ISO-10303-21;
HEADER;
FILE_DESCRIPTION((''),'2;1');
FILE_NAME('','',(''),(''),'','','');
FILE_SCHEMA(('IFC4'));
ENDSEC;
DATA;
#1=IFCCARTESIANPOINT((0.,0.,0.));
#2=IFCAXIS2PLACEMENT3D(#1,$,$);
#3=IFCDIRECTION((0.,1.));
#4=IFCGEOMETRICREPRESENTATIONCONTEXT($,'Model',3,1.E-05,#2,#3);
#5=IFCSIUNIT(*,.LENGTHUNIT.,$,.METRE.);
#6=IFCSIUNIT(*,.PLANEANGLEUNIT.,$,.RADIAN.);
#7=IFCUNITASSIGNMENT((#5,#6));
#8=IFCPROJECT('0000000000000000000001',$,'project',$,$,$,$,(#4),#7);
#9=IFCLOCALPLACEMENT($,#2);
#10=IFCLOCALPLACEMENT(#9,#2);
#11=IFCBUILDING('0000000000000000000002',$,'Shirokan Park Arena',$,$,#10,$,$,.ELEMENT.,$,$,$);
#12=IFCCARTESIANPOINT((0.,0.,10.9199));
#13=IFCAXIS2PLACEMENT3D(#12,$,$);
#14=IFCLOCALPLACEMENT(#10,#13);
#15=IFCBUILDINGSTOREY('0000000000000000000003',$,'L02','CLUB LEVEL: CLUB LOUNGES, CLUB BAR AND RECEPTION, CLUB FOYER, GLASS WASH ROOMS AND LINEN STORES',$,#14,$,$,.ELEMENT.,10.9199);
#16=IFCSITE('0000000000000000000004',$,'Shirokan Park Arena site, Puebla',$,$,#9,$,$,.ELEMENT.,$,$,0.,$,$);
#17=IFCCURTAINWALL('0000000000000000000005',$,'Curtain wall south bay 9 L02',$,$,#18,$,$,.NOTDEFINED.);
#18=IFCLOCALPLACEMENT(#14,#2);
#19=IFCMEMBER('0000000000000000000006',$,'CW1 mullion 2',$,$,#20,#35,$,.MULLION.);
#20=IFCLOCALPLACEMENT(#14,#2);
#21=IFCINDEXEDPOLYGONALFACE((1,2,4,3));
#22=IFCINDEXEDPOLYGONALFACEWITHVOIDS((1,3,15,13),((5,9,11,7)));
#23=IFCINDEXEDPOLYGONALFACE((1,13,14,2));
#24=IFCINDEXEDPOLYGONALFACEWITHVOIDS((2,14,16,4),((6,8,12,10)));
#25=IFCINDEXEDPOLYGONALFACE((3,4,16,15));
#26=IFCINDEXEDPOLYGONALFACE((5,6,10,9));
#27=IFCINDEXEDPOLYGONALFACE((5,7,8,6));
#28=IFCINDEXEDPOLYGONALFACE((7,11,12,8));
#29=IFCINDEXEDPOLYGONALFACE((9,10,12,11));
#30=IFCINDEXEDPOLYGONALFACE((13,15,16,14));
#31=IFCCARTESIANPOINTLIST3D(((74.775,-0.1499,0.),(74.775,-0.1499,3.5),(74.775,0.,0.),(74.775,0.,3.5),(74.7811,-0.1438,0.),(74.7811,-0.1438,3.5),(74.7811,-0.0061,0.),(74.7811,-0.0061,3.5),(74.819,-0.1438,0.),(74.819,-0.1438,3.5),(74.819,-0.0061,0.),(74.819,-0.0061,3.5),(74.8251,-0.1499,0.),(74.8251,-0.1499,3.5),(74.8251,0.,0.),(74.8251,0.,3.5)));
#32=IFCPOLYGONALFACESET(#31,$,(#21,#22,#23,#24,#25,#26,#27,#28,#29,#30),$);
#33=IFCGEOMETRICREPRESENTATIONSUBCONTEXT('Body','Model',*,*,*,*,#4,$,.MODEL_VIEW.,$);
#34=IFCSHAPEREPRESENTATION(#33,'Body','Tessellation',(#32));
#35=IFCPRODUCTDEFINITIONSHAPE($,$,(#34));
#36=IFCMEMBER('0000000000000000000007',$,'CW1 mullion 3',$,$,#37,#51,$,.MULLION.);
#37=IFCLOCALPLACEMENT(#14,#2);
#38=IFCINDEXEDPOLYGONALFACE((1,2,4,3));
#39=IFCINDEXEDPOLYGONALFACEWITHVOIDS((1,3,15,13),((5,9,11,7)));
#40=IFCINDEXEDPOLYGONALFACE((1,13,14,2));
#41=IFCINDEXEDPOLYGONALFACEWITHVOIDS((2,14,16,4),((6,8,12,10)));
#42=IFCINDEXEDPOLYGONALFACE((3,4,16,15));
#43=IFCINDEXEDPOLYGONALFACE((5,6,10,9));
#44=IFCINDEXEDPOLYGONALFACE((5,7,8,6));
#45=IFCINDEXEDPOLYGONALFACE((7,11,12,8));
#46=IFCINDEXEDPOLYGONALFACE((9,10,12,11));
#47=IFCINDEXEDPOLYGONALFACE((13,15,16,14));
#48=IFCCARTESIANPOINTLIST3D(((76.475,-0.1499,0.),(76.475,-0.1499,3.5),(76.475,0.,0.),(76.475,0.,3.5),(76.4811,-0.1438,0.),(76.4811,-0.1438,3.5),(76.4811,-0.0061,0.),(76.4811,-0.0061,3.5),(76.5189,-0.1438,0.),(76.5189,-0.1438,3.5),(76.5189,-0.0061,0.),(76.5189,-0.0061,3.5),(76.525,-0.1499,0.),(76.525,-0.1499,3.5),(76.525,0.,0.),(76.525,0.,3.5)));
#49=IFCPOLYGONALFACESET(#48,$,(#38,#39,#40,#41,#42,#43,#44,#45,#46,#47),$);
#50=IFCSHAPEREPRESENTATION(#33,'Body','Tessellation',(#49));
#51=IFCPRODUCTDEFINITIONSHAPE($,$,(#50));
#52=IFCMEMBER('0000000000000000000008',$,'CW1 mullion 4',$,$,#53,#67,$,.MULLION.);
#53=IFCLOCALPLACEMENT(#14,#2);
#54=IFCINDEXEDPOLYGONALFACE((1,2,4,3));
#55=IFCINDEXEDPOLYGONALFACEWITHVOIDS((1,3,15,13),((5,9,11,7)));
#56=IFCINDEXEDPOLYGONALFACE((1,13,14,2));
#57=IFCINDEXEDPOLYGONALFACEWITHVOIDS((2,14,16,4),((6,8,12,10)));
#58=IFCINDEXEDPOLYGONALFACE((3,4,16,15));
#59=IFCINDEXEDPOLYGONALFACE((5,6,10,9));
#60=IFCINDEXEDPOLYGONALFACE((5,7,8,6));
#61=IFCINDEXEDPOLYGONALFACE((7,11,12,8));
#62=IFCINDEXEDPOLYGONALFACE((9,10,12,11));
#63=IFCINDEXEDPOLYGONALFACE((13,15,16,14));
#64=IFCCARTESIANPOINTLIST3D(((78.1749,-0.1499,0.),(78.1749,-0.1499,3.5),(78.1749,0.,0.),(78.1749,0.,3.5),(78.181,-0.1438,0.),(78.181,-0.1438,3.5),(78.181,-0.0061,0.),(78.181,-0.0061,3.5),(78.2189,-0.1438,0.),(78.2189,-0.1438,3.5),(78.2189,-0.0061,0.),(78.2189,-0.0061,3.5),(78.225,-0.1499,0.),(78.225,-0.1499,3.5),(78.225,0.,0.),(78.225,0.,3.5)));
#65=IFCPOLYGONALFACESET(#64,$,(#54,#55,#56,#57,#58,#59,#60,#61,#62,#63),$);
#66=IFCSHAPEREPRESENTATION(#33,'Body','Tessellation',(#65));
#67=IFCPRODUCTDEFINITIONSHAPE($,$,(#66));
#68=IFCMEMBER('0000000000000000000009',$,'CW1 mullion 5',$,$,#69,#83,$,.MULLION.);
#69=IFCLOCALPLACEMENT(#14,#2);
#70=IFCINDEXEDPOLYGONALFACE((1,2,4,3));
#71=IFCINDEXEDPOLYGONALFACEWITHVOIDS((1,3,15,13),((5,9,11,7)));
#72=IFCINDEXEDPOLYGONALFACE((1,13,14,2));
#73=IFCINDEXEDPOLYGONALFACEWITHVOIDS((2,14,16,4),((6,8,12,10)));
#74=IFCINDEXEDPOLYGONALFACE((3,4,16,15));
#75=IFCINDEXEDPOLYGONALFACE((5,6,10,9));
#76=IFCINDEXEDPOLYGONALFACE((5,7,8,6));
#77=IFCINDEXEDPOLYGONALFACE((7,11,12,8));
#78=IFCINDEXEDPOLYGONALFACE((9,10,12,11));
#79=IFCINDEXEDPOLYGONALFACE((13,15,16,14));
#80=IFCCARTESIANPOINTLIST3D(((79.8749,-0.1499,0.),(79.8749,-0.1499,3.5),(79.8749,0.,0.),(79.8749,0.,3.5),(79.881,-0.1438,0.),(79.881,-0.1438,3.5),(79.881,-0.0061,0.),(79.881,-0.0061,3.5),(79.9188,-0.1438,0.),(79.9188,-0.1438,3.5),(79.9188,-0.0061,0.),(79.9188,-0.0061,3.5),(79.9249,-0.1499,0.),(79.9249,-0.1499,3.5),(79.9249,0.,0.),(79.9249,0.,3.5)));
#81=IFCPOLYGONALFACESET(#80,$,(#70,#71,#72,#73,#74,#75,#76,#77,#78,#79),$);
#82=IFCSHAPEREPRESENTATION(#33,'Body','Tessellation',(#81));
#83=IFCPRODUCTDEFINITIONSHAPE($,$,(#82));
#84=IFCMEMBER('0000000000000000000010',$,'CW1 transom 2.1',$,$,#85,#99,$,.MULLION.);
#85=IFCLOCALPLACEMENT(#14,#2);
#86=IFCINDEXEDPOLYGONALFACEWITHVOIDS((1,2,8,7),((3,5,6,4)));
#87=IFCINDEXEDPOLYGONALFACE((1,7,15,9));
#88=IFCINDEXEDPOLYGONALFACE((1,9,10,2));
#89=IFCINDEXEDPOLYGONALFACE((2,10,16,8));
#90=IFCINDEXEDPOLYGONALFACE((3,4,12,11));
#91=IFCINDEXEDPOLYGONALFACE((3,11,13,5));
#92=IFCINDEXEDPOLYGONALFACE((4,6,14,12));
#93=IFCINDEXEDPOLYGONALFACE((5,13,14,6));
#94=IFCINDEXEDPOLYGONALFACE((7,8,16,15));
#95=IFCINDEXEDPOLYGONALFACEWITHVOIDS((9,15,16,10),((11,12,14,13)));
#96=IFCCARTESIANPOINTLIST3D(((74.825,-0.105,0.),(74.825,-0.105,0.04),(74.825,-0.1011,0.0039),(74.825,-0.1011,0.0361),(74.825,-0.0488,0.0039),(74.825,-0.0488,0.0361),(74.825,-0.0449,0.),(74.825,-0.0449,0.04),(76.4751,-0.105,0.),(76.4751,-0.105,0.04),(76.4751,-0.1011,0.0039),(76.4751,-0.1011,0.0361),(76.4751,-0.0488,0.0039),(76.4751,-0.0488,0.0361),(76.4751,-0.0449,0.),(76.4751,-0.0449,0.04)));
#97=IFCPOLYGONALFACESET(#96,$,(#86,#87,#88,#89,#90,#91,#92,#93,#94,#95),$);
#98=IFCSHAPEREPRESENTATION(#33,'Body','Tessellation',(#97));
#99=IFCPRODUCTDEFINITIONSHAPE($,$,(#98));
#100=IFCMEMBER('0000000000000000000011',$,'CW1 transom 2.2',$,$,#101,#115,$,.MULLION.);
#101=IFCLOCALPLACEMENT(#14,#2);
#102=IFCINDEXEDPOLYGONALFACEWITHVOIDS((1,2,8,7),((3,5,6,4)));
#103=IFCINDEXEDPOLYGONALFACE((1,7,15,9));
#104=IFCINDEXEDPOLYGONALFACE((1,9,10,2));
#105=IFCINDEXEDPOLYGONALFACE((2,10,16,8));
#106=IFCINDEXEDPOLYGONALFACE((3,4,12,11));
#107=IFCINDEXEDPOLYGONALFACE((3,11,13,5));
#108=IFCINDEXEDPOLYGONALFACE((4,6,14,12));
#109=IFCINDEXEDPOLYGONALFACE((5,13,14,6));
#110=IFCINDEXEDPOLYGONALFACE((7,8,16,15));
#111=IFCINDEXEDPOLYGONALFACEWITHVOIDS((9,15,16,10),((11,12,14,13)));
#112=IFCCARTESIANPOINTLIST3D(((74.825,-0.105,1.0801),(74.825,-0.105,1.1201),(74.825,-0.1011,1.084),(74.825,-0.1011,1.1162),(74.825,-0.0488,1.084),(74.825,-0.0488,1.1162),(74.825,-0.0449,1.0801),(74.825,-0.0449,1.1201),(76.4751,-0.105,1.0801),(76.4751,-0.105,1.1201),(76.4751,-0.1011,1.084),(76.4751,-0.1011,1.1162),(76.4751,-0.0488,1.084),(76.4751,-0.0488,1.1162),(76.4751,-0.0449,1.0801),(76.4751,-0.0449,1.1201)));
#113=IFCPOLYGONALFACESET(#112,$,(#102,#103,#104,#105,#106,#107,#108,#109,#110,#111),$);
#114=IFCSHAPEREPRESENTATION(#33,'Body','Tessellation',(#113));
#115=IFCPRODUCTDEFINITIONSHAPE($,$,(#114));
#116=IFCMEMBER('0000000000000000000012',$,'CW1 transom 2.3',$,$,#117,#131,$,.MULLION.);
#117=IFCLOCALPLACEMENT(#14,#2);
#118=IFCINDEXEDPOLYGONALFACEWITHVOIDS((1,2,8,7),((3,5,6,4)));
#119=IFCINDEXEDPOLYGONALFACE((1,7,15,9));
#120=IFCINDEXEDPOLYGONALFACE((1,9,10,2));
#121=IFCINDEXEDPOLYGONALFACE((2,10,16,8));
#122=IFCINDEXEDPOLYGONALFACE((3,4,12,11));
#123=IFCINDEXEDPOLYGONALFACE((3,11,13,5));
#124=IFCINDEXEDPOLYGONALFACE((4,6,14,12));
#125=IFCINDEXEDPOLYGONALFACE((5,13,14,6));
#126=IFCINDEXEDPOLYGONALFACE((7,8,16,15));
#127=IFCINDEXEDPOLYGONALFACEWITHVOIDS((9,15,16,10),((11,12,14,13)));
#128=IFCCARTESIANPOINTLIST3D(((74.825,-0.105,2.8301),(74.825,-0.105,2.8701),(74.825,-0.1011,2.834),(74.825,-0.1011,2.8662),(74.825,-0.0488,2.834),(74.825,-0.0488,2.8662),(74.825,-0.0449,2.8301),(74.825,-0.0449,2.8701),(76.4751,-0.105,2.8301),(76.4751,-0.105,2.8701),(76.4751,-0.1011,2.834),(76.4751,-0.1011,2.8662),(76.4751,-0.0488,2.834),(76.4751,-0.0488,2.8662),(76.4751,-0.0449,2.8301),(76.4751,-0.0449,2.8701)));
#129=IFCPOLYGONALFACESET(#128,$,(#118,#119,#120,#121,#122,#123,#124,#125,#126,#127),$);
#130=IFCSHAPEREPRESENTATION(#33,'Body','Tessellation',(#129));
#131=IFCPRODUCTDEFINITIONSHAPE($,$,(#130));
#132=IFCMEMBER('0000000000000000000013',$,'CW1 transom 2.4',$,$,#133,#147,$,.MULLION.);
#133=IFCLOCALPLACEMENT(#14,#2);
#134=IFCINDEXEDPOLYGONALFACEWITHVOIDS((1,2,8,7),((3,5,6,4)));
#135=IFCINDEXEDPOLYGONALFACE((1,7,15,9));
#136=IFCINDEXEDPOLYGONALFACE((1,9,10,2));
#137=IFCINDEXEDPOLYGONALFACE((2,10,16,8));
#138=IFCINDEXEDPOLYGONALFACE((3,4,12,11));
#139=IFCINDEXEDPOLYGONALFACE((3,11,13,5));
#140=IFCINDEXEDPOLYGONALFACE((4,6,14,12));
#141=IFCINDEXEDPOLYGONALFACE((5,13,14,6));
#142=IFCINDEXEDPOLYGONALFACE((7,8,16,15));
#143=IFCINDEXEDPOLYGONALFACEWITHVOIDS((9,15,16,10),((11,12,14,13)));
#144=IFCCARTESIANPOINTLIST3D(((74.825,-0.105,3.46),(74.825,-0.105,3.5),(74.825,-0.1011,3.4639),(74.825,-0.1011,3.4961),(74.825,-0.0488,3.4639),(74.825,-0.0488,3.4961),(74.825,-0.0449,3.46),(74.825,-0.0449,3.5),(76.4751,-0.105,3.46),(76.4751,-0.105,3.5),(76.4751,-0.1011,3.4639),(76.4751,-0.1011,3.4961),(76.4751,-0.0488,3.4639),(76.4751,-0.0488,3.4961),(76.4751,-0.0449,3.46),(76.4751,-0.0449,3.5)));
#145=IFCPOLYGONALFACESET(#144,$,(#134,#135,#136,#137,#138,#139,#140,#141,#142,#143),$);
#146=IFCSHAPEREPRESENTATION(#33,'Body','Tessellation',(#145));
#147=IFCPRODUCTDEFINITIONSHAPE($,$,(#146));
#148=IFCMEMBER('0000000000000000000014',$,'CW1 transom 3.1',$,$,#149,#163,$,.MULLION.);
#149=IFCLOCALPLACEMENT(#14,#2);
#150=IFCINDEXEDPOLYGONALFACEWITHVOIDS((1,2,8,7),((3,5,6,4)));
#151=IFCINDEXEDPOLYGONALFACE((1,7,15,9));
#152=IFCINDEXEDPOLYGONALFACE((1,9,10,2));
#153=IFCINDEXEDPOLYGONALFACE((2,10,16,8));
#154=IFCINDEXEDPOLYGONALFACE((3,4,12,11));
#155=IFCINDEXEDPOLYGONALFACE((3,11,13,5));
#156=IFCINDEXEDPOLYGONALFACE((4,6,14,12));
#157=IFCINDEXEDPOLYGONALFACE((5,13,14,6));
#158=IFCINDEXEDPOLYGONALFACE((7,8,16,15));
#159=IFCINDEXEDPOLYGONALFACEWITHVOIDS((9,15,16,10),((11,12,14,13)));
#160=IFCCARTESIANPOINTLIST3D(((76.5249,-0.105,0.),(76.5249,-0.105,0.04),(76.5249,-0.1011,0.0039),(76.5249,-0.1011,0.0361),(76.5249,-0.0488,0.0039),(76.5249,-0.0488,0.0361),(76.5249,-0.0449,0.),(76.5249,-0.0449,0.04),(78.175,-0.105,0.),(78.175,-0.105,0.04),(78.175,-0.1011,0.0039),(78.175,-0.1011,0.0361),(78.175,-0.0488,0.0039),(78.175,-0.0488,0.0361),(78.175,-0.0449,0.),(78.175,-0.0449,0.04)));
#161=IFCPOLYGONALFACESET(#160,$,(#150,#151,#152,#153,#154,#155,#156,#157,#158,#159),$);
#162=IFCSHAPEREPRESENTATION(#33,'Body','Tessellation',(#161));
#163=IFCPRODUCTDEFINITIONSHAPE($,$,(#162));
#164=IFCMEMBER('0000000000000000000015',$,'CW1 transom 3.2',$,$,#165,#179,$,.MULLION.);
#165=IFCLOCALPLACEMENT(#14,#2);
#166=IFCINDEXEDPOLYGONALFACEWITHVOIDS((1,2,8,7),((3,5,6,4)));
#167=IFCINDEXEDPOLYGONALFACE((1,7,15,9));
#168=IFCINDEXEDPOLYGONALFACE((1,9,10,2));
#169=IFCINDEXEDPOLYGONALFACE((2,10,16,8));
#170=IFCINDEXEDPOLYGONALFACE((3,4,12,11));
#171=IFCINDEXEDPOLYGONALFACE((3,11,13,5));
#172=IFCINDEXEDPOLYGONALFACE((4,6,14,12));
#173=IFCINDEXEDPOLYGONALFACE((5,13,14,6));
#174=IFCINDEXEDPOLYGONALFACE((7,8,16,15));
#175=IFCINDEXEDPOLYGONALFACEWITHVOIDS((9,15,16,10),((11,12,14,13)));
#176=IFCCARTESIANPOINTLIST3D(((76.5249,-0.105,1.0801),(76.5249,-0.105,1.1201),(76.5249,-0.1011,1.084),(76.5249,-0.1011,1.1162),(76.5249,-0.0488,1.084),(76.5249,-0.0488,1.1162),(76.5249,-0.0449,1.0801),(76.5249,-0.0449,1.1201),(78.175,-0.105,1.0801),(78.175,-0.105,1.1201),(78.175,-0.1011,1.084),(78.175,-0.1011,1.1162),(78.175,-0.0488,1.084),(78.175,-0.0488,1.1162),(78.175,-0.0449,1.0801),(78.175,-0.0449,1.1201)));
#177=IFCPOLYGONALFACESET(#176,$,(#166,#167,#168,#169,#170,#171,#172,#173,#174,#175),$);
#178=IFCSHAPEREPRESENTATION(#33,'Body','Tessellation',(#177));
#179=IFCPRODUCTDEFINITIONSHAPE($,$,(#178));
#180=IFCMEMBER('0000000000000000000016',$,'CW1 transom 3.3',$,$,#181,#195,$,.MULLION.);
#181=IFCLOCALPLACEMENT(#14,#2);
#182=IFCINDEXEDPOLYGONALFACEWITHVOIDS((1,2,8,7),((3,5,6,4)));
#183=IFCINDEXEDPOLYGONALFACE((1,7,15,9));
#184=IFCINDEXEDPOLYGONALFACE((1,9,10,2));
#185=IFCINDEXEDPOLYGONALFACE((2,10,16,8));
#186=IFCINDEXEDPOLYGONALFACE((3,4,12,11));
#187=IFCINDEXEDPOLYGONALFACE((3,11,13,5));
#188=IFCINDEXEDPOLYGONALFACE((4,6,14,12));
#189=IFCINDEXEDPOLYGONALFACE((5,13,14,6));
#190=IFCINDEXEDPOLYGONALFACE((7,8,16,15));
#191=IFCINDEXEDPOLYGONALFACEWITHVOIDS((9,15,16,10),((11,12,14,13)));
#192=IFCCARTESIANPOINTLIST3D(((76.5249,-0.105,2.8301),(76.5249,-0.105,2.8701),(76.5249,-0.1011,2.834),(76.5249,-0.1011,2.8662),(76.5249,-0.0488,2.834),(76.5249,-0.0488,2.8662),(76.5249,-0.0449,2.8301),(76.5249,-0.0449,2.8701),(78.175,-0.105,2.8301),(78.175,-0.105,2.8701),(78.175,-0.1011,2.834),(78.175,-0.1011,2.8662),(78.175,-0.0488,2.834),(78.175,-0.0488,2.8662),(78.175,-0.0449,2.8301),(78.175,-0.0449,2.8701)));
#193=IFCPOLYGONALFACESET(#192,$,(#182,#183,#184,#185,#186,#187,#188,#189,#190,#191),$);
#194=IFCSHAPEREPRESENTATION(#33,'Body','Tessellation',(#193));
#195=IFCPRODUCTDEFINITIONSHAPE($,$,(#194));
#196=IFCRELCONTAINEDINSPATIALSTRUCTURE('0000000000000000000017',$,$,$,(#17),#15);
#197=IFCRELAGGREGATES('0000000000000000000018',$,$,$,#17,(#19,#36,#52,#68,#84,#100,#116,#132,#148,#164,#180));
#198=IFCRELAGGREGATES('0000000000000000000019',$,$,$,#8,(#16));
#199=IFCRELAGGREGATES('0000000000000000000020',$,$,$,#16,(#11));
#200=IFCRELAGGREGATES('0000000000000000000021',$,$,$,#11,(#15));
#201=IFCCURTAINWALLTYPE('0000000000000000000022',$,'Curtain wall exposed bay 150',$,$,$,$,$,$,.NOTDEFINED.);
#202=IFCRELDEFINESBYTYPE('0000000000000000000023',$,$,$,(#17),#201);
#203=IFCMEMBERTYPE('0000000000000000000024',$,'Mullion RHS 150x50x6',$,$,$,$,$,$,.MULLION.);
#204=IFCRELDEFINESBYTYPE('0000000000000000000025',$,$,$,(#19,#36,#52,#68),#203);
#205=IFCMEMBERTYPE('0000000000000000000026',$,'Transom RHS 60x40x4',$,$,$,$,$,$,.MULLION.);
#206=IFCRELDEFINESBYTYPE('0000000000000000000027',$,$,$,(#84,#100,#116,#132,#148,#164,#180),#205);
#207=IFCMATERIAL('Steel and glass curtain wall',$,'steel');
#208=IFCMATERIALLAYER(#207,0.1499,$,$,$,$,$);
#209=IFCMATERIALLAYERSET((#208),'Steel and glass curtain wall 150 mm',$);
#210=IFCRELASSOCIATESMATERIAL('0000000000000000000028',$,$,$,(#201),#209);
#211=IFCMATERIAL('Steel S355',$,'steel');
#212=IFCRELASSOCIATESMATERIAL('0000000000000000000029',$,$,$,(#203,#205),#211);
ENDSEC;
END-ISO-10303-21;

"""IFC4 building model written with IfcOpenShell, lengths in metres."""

from ifc_helpers import new_model, si_unit, direction, frame, origin, origin_2d, place, context, subcontext, project, spatial, hollow_rectangle, extrude, material, layer, layer_set, material_profile, profile_set, type_object, element, aggregate, save


model = new_model("IFC4")

# Units and contexts
model_context = context("Model", 3, precision=1e-05, world=origin(), true_north=direction((0.0, 1.0)))
body_context = subcontext(model_context, "Body", "Model", "MODEL_VIEW")
ifc_project = project(units=[si_unit("LENGTHUNIT", "METRE"), si_unit("PLANEANGLEUNIT", "RADIAN")], contexts=[model_context])

# Site, building, storey
site_placement = place(None, origin())
site = spatial("IfcSite", under=ifc_project, at=site_placement, Name="Shirokan Park Arena site, Puebla", CompositionType="ELEMENT", RefElevation=0.0)
building_placement = place(site_placement, origin())
building = spatial("IfcBuilding", under=site, at=building_placement, Name="Shirokan Park Arena", CompositionType="ELEMENT")
storey_placement = place(building_placement, frame((0.0, 0.0, 10.9199)))
storey = spatial("IfcBuildingStorey", under=building, at=storey_placement, Name="L02", Description="CLUB LEVEL: CLUB LOUNGES, CLUB BAR AND RECEPTION, CLUB FOYER, GLASS WASH ROOMS AND LINEN STORES", CompositionType="ELEMENT", Elevation=10.9199)

# Curtain wall, members
ifc_material_1 = material(Name="Steel and glass curtain wall", Category="steel")
ifc_layer_1 = layer(ifc_material_1, 0.1499)
ifc_layer_set_1 = layer_set([ifc_layer_1], Name="Steel and glass curtain wall 150 mm")
curtain_wall_type = type_object("IfcCurtainWallType", Name="Curtain wall exposed bay 150", PredefinedType="NOTDEFINED", material=ifc_layer_set_1)
curtain_wall_placement = place(storey_placement, origin())
curtain_wall = element("IfcCurtainWall", 1, at=curtain_wall_placement, inside=storey, type_object=curtain_wall_type, Name="Curtain wall south bay 9 L02", PredefinedType="NOTDEFINED")
ifc_material_2 = material(Name="Steel S355", Category="steel")
ifc_material_profile_1 = material_profile(ifc_material_2, hollow_rectangle(XDim=0.1499, YDim=0.05, WallThickness=0.0061, at=origin_2d()), Name="RHS 150x50x6")
ifc_profile_set_1 = profile_set([ifc_material_profile_1], Name="Steel S355")
member_type_1 = type_object("IfcMemberType", Name="Mullion RHS 150x50x6", PredefinedType="MULLION", material=ifc_profile_set_1)
member_1_placement = place(storey_placement, frame((74.8, -0.075, 0.0), z_axis=(0.0, 0.0, 1.0), x_axis=(0.0, 1.0, 0.0)))
member_1 = element("IfcMember", 2, at=member_1_placement, type_object=member_type_1, Name="CW1 mullion 2", PredefinedType="MULLION", context=body_context, shape_type="SweptSolid", body=[
    extrude(hollow_rectangle(XDim=0.1499, YDim=0.05, WallThickness=0.0061, at=origin_2d()), origin(), (0.0, 0.0, 1.0), 3.5),
])
member_2_placement = place(storey_placement, frame((76.5, -0.075, 0.0), z_axis=(0.0, 0.0, 1.0), x_axis=(0.0, 1.0, 0.0)))
member_2 = element("IfcMember", 3, at=member_2_placement, type_object=member_type_1, Name="CW1 mullion 3", PredefinedType="MULLION", context=body_context, shape_type="SweptSolid", body=[
    extrude(hollow_rectangle(XDim=0.1499, YDim=0.05, WallThickness=0.0061, at=origin_2d()), origin(), (0.0, 0.0, 1.0), 3.5),
])
member_3_placement = place(storey_placement, frame((78.2, -0.075, 0.0), z_axis=(0.0, 0.0, 1.0), x_axis=(0.0, 1.0, 0.0)))
member_3 = element("IfcMember", 4, at=member_3_placement, type_object=member_type_1, Name="CW1 mullion 4", PredefinedType="MULLION", context=body_context, shape_type="SweptSolid", body=[
    extrude(hollow_rectangle(XDim=0.1499, YDim=0.05, WallThickness=0.0061, at=origin_2d()), origin(), (0.0, 0.0, 1.0), 3.5),
])
member_4_placement = place(storey_placement, frame((79.8999, -0.075, 0.0), z_axis=(0.0, 0.0, 1.0), x_axis=(0.0, 1.0, 0.0)))
member_4 = element("IfcMember", 5, at=member_4_placement, type_object=member_type_1, Name="CW1 mullion 5", PredefinedType="MULLION", context=body_context, shape_type="SweptSolid", body=[
    extrude(hollow_rectangle(XDim=0.1499, YDim=0.05, WallThickness=0.0061, at=origin_2d()), origin(), (0.0, 0.0, 1.0), 3.5),
])
ifc_material_profile_2 = material_profile(ifc_material_2, hollow_rectangle(XDim=0.0601, YDim=0.04, WallThickness=0.0039, at=origin_2d()), Name="RHS 60x40x4")
ifc_profile_set_2 = profile_set([ifc_material_profile_2], Name="Steel S355")
member_type_2 = type_object("IfcMemberType", Name="Transom RHS 60x40x4", PredefinedType="MULLION", material=ifc_profile_set_2)
member_5_placement = place(storey_placement, frame((74.825, -0.075, 0.02), z_axis=(1.0, 0.0, 0.0), x_axis=(0.0, 1.0, 0.0)))
member_5 = element("IfcMember", 6, at=member_5_placement, type_object=member_type_2, Name="CW1 transom 2.1", PredefinedType="MULLION", context=body_context, shape_type="SweptSolid", body=[
    extrude(hollow_rectangle(XDim=0.0601, YDim=0.04, WallThickness=0.0039, at=origin_2d()), origin(), (0.0, 0.0, 1.0), 1.6501),
])
member_6_placement = place(storey_placement, frame((74.825, -0.075, 1.1001), z_axis=(1.0, 0.0, 0.0), x_axis=(0.0, 1.0, 0.0)))
member_6 = element("IfcMember", 7, at=member_6_placement, type_object=member_type_2, Name="CW1 transom 2.2", PredefinedType="MULLION", context=body_context, shape_type="SweptSolid", body=[
    extrude(hollow_rectangle(XDim=0.0601, YDim=0.04, WallThickness=0.0039, at=origin_2d()), origin(), (0.0, 0.0, 1.0), 1.6501),
])
member_7_placement = place(storey_placement, frame((74.825, -0.075, 2.8501), z_axis=(1.0, 0.0, 0.0), x_axis=(0.0, 1.0, 0.0)))
member_7 = element("IfcMember", 8, at=member_7_placement, type_object=member_type_2, Name="CW1 transom 2.3", PredefinedType="MULLION", context=body_context, shape_type="SweptSolid", body=[
    extrude(hollow_rectangle(XDim=0.0601, YDim=0.04, WallThickness=0.0039, at=origin_2d()), origin(), (0.0, 0.0, 1.0), 1.6501),
])
member_8_placement = place(storey_placement, frame((74.825, -0.075, 3.48), z_axis=(1.0, 0.0, 0.0), x_axis=(0.0, 1.0, 0.0)))
member_8 = element("IfcMember", 9, at=member_8_placement, type_object=member_type_2, Name="CW1 transom 2.4", PredefinedType="MULLION", context=body_context, shape_type="SweptSolid", body=[
    extrude(hollow_rectangle(XDim=0.0601, YDim=0.04, WallThickness=0.0039, at=origin_2d()), origin(), (0.0, 0.0, 1.0), 1.6501),
])
member_9_placement = place(storey_placement, frame((76.5249, -0.075, 0.02), z_axis=(1.0, 0.0, 0.0), x_axis=(0.0, 1.0, 0.0)))
member_9 = element("IfcMember", 10, at=member_9_placement, type_object=member_type_2, Name="CW1 transom 3.1", PredefinedType="MULLION", context=body_context, shape_type="SweptSolid", body=[
    extrude(hollow_rectangle(XDim=0.0601, YDim=0.04, WallThickness=0.0039, at=origin_2d()), origin(), (0.0, 0.0, 1.0), 1.6501),
])
member_10_placement = place(storey_placement, frame((76.5249, -0.075, 1.1001), z_axis=(1.0, 0.0, 0.0), x_axis=(0.0, 1.0, 0.0)))
member_10 = element("IfcMember", 11, at=member_10_placement, type_object=member_type_2, Name="CW1 transom 3.2", PredefinedType="MULLION", context=body_context, shape_type="SweptSolid", body=[
    extrude(hollow_rectangle(XDim=0.0601, YDim=0.04, WallThickness=0.0039, at=origin_2d()), origin(), (0.0, 0.0, 1.0), 1.6501),
])
member_11_placement = place(storey_placement, frame((76.5249, -0.075, 2.8501), z_axis=(1.0, 0.0, 0.0), x_axis=(0.0, 1.0, 0.0)))
member_11 = element("IfcMember", 12, at=member_11_placement, type_object=member_type_2, Name="CW1 transom 3.3", PredefinedType="MULLION", context=body_context, shape_type="SweptSolid", body=[
    extrude(hollow_rectangle(XDim=0.0601, YDim=0.04, WallThickness=0.0039, at=origin_2d()), origin(), (0.0, 0.0, 1.0), 1.6501),
])
aggregate(curtain_wall, [member_1, member_2, member_3, member_4, member_5, member_6, member_7, member_8, member_9, member_10, member_11])

save(model, "model.ifc")
